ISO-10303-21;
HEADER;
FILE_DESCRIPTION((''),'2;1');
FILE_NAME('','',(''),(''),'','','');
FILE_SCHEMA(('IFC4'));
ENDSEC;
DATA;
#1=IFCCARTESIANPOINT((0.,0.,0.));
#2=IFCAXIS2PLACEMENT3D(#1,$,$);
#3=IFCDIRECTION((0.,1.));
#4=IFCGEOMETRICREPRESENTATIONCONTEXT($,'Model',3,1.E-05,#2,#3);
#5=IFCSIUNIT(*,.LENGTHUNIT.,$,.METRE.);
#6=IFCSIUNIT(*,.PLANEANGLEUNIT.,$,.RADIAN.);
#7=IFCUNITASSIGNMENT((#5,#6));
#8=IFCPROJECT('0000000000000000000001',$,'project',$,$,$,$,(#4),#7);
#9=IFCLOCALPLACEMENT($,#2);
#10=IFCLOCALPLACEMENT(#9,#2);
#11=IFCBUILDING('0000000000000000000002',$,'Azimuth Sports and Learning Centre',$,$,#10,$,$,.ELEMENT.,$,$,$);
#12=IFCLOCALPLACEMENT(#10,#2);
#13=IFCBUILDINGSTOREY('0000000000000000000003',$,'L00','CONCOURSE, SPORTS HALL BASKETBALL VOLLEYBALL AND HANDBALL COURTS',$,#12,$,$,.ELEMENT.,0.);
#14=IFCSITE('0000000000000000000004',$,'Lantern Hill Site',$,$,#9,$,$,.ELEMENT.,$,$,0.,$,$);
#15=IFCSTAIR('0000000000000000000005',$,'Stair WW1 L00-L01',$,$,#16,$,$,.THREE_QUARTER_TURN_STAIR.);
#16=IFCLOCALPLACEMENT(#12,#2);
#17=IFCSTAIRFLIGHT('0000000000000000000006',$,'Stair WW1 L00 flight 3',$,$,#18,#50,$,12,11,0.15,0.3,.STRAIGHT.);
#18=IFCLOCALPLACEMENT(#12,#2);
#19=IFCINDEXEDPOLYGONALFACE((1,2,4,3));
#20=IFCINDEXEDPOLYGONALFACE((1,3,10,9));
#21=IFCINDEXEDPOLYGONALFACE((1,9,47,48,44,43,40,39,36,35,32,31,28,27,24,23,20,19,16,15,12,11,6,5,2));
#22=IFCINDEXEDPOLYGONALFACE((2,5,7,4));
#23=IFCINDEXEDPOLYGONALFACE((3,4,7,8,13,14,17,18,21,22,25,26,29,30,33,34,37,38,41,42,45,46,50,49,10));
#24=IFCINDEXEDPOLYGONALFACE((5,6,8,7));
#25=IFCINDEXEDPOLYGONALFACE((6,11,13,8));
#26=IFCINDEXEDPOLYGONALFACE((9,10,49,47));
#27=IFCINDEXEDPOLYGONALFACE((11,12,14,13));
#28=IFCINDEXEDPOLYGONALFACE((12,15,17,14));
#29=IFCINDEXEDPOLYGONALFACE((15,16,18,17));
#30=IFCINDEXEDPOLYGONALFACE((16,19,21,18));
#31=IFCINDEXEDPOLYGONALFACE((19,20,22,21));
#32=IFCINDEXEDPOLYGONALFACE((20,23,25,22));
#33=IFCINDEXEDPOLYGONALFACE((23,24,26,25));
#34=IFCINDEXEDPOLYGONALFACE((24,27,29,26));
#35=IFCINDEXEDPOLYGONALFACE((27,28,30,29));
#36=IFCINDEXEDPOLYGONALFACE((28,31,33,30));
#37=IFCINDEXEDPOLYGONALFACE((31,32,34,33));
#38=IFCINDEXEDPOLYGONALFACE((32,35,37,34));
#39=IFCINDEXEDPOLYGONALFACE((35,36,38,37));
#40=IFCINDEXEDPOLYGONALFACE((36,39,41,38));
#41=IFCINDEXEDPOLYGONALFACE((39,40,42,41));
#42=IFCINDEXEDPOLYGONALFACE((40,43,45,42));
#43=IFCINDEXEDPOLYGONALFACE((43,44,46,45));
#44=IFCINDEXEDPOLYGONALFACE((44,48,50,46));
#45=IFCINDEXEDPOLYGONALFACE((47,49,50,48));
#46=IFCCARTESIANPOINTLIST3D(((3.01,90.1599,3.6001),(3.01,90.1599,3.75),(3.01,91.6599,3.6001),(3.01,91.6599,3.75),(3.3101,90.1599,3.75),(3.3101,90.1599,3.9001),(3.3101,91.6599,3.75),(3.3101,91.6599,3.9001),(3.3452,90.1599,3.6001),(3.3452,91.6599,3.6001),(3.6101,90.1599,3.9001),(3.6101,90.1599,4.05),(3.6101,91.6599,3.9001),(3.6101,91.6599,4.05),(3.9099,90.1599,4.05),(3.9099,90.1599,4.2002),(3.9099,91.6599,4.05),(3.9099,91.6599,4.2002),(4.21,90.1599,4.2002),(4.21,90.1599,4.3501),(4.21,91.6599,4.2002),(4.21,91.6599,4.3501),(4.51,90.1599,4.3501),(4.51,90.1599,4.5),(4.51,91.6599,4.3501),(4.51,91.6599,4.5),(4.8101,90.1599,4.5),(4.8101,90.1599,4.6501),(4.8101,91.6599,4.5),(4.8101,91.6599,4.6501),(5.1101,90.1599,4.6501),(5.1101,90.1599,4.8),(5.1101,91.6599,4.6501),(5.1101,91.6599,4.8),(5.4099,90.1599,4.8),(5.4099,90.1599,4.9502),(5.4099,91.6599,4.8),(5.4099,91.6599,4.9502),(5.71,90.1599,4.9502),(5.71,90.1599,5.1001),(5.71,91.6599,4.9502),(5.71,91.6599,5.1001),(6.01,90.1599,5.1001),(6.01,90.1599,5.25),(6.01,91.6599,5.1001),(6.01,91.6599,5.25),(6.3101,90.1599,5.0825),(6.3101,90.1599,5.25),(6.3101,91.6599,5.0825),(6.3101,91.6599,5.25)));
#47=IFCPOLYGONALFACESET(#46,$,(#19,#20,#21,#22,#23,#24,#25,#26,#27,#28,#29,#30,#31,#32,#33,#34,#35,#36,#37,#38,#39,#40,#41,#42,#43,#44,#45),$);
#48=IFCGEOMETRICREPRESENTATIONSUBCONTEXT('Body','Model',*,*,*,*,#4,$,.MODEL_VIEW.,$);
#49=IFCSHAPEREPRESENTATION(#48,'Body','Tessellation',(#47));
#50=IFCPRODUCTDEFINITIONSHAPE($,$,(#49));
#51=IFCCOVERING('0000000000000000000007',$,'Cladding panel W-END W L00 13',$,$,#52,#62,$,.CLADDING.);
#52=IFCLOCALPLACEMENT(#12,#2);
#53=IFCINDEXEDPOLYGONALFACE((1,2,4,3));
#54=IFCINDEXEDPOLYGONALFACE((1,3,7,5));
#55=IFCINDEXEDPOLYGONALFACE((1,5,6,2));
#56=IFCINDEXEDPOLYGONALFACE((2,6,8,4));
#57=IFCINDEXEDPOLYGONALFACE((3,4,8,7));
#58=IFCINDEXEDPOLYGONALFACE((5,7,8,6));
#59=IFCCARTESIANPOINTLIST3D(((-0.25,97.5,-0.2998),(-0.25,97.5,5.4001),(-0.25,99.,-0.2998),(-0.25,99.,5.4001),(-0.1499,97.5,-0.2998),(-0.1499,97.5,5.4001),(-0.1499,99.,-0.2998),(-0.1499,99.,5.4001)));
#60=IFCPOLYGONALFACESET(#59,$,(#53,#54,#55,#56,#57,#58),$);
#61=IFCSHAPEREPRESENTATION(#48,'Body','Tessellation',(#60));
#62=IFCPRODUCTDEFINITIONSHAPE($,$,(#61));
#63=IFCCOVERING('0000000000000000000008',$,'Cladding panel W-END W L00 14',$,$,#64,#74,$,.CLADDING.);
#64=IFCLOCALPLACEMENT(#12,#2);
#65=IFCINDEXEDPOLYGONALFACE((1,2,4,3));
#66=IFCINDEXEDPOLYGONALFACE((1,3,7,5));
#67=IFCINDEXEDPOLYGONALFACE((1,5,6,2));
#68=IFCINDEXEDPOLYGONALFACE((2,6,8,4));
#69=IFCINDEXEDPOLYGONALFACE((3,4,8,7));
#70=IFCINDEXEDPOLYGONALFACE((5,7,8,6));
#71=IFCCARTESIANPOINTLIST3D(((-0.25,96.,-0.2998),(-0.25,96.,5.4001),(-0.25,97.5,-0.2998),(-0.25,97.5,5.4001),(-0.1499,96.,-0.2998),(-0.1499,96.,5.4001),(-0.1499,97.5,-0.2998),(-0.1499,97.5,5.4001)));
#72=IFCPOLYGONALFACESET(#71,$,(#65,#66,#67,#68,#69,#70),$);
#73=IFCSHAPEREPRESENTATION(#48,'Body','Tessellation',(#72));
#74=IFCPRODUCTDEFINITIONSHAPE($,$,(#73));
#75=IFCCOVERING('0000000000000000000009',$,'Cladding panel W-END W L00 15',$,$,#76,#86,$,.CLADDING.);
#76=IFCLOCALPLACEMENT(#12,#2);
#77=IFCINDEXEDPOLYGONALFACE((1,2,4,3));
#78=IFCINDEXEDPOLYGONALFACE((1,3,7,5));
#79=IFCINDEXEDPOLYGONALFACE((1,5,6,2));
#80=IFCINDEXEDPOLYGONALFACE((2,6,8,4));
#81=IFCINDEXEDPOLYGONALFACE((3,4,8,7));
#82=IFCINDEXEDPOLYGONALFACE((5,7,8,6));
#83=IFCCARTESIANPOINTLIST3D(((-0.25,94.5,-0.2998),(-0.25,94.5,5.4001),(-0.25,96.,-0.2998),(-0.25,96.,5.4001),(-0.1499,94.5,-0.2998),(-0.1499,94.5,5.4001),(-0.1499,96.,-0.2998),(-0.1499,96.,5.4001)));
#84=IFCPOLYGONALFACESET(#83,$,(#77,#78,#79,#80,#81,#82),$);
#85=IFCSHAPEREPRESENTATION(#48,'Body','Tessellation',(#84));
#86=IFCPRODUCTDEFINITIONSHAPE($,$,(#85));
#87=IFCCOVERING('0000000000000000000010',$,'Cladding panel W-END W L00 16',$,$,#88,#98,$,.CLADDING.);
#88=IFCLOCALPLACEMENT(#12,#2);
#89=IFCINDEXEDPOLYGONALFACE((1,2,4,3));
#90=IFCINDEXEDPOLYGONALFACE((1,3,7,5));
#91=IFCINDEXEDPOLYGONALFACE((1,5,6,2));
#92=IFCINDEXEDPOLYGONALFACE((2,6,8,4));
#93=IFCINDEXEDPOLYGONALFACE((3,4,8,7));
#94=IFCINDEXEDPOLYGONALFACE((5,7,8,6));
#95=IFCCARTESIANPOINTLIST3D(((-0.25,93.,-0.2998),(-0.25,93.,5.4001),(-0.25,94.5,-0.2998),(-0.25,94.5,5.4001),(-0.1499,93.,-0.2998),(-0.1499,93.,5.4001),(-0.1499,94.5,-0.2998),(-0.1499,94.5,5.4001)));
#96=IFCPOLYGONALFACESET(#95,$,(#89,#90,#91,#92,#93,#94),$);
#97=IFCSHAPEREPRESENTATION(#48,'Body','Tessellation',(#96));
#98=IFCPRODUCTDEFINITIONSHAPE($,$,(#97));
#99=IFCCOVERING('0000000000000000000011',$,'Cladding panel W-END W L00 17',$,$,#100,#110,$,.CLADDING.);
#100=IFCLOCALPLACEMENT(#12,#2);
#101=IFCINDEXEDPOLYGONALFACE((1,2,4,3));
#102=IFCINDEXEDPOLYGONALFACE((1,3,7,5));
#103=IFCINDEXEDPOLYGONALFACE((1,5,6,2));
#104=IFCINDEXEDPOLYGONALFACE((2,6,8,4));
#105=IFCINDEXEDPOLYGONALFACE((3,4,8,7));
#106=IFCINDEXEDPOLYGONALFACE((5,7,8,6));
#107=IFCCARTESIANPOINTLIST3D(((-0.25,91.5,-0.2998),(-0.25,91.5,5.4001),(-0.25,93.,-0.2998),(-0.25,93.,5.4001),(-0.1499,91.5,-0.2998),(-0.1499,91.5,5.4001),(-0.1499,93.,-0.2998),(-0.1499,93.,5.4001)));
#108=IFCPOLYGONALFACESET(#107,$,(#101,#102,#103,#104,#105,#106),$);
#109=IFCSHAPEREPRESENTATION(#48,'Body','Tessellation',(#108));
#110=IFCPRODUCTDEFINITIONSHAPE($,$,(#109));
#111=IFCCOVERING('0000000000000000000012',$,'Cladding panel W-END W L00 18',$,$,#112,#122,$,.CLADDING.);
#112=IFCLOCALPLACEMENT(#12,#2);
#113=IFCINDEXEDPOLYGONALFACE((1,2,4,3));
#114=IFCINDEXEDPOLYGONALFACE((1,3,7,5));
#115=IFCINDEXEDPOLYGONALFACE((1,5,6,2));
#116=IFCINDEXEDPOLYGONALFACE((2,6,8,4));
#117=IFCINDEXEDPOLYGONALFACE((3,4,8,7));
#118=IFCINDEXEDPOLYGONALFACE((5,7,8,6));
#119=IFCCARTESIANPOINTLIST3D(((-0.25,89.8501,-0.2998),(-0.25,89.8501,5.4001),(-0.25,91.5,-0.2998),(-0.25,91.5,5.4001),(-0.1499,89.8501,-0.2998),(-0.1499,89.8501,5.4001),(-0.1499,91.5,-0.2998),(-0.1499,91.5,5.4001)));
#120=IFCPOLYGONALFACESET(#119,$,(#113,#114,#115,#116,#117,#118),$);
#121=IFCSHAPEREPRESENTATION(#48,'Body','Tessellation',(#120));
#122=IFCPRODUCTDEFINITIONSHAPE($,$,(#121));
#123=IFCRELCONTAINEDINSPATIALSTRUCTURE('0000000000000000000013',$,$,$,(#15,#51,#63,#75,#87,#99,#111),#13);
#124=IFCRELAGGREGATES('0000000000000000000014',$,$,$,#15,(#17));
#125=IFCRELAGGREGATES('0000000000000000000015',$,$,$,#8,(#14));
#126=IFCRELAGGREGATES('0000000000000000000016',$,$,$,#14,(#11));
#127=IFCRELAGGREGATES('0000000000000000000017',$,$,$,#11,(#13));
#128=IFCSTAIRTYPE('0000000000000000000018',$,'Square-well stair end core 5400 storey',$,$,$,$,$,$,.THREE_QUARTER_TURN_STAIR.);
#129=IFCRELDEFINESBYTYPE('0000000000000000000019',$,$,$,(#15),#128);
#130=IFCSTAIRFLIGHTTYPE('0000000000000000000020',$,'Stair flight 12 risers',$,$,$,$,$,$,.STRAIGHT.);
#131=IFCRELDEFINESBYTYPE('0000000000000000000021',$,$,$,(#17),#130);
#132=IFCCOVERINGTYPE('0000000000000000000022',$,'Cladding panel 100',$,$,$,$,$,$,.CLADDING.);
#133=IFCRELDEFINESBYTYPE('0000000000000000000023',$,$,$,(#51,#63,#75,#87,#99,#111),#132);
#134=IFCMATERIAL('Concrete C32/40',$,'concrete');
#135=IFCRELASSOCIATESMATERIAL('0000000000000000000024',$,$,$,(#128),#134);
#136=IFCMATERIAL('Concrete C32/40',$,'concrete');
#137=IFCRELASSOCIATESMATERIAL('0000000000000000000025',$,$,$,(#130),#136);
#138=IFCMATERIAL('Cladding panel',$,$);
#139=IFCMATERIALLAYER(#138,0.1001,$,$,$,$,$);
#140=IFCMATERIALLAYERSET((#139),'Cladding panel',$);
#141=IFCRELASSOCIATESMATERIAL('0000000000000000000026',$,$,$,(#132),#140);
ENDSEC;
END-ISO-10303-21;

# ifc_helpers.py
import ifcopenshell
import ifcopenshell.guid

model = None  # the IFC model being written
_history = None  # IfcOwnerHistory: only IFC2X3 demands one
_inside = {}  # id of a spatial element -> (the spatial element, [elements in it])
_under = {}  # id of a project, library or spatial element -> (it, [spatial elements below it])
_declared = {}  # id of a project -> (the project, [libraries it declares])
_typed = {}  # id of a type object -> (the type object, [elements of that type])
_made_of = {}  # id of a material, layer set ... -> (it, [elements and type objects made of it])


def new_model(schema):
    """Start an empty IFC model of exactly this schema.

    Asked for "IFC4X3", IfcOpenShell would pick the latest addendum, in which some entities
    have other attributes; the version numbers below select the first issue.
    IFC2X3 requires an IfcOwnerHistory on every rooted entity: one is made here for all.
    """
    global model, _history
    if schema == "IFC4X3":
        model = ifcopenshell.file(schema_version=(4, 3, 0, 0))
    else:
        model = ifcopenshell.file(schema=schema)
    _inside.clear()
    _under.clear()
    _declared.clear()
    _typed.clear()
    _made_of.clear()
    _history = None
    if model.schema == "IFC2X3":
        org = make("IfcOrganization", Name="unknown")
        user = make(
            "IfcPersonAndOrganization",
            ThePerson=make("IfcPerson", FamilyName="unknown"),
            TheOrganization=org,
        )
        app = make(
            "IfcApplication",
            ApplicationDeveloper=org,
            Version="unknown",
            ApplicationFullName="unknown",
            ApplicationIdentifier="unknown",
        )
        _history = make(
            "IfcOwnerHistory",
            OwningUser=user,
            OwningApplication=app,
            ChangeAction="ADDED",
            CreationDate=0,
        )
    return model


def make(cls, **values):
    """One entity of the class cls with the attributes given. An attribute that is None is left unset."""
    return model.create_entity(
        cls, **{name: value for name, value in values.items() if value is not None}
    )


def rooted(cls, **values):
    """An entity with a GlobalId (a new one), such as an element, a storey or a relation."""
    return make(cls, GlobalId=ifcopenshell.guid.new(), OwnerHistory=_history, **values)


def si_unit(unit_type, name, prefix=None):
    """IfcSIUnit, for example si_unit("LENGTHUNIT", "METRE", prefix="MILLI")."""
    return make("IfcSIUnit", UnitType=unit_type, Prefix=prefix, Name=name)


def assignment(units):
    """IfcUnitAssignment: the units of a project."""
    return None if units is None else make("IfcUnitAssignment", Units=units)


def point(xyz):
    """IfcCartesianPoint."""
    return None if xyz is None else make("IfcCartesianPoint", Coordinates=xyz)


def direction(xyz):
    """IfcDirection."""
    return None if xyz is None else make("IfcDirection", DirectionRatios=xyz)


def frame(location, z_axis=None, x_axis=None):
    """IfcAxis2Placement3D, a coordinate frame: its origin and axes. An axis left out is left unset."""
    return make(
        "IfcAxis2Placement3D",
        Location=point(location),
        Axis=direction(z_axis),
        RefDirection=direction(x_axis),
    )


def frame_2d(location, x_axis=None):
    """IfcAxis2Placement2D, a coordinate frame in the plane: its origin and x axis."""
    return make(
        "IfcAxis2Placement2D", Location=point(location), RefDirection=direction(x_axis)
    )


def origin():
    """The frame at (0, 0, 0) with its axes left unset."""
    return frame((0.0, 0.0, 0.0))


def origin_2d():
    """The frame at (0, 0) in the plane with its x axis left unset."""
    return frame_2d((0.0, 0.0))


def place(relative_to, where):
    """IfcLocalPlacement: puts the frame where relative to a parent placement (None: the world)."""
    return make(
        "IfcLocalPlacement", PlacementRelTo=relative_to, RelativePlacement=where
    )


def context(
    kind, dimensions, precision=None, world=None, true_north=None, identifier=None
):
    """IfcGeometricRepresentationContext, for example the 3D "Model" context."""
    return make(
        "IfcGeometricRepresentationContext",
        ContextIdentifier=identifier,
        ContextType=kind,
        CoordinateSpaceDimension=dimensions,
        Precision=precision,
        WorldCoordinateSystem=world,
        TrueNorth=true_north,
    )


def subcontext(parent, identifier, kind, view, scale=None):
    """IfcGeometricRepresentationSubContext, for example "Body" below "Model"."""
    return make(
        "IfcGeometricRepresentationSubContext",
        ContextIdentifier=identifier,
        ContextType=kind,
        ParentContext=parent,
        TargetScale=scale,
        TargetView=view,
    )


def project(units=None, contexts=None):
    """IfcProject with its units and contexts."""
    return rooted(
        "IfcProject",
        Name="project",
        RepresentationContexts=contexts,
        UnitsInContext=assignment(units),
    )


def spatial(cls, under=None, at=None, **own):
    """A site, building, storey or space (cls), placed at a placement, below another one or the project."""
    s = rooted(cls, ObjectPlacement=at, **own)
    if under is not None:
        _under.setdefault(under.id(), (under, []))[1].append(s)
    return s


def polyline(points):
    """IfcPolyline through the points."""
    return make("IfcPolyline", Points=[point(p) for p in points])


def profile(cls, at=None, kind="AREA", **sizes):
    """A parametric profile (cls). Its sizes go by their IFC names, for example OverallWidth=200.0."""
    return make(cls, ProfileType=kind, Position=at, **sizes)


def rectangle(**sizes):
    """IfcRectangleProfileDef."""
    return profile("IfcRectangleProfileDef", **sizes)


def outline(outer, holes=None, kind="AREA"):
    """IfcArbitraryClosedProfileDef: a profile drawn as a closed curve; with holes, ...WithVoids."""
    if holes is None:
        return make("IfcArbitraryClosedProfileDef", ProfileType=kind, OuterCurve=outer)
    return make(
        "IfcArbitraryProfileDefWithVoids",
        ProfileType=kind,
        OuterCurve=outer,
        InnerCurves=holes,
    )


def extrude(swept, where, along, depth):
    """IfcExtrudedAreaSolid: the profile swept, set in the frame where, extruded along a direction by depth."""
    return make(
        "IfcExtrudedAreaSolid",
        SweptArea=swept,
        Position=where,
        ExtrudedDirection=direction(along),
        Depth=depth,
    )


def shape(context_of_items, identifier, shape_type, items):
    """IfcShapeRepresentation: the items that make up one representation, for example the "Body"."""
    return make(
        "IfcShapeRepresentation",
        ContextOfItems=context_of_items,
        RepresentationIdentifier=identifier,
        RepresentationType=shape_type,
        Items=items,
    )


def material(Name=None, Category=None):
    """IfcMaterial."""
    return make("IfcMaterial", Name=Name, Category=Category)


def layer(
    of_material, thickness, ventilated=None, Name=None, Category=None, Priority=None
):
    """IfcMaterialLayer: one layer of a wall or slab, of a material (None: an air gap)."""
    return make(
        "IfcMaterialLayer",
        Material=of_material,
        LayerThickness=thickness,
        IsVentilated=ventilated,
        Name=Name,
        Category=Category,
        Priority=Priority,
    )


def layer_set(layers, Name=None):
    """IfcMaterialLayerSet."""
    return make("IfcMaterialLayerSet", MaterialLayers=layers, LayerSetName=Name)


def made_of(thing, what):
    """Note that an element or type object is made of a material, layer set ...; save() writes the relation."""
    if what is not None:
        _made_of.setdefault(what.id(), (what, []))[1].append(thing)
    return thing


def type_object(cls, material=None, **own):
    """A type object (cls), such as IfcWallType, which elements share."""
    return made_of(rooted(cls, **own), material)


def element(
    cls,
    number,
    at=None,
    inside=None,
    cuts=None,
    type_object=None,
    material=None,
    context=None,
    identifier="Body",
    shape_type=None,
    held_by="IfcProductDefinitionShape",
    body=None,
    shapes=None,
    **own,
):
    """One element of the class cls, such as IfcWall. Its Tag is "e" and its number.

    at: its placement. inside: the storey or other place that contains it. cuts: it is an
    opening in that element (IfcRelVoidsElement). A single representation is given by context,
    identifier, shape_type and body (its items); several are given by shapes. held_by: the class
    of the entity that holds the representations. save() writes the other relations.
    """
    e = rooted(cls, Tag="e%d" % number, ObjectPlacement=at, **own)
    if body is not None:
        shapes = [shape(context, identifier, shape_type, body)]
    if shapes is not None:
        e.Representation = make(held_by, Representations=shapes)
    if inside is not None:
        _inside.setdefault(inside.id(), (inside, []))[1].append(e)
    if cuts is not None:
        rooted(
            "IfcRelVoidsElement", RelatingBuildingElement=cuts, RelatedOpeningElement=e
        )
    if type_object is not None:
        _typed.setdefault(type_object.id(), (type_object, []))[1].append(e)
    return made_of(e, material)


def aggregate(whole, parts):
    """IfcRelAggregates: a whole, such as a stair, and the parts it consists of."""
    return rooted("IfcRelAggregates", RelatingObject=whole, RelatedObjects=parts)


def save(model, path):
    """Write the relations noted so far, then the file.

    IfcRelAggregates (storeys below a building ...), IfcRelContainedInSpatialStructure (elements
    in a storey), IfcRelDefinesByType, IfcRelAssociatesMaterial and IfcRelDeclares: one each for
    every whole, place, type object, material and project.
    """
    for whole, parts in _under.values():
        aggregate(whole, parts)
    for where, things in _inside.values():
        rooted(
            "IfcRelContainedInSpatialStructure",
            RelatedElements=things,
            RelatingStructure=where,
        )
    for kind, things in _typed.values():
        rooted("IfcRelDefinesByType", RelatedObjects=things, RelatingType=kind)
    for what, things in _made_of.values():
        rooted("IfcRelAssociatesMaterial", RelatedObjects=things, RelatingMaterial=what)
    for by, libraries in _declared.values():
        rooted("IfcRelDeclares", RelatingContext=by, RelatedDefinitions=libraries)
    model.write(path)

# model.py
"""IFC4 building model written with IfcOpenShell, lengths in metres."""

from ifc_helpers import new_model, si_unit, direction, frame, origin, origin_2d, place, context, subcontext, project, spatial, polyline, rectangle, outline, extrude, material, layer, layer_set, type_object, element, aggregate, save


model = new_model("IFC4")

# Units and contexts
model_context = context("Model", 3, precision=1e-05, world=origin(), true_north=direction((0.0, 1.0)))
body_context = subcontext(model_context, "Body", "Model", "MODEL_VIEW")
ifc_project = project(units=[si_unit("LENGTHUNIT", "METRE"), si_unit("PLANEANGLEUNIT", "RADIAN")], contexts=[model_context])

# Site, building, storey
site_placement = place(None, origin())
site = spatial("IfcSite", under=ifc_project, at=site_placement, Name="Lantern Hill Site", CompositionType="ELEMENT", RefElevation=0.0)
building_placement = place(site_placement, origin())
building = spatial("IfcBuilding", under=site, at=building_placement, Name="Azimuth Sports and Learning Centre", CompositionType="ELEMENT")
storey_placement = place(building_placement, origin())
storey = spatial("IfcBuildingStorey", under=building, at=storey_placement, Name="L00", Description="CONCOURSE, SPORTS HALL BASKETBALL VOLLEYBALL AND HANDBALL COURTS", CompositionType="ELEMENT", Elevation=0.0)

# Stair, stair flight
ifc_material_1 = material(Name="Concrete C32/40", Category="concrete")
stair_type = type_object("IfcStairType", Name="Square-well stair end core 5400 storey", PredefinedType="THREE_QUARTER_TURN_STAIR", material=ifc_material_1)
stair_placement = place(storey_placement, origin())
stair = element("IfcStair", 1, at=stair_placement, inside=storey, type_object=stair_type, Name="Stair WW1 L00-L01", PredefinedType="THREE_QUARTER_TURN_STAIR")
ifc_material_2 = material(Name="Concrete C32/40", Category="concrete")
stair_flight_type = type_object("IfcStairFlightType", Name="Stair flight 12 risers", PredefinedType="STRAIGHT", material=ifc_material_2)
stair_flight_1_placement = place(storey_placement, frame((3.01, 90.9099, 3.6001), z_axis=(0.0, 0.0, 1.0), x_axis=(1.0, 0.0, 0.0)))
stair_flight_1 = element("IfcStairFlight", 2, at=stair_flight_1_placement, type_object=stair_flight_type, Name="Stair WW1 L00 flight 3", NumberOfRisers=12, NumberOfTreads=11, PredefinedType="STRAIGHT", RiserHeight=0.15, TreadLength=0.3, context=body_context, shape_type="SweptSolid", body=[
    extrude(outline(polyline([(0.0, 0.0), (0.0, 0.1499), (0.3, 0.1499), (0.3, 0.3), (0.6001, 0.3), (0.6001, 0.45), (0.8999, 0.45), (0.8999, 0.6001), (1.2, 0.6001), (1.2, 0.75), (1.5, 0.75), (1.5, 0.8999), (1.8, 0.8999), (1.8, 1.05), (2.1001, 1.05), (2.1001, 1.2), (2.3999, 1.2), (2.3999, 1.3501), (2.7, 1.3501), (2.7, 1.5), (3.0, 1.5), (3.0, 1.6499), (3.3, 1.6499), (3.3, 1.8), (3.3, 1.4824), (0.3352, 0.0), (0.0, 0.0)])), frame((0.0, 0.75, 0.0), z_axis=(0.0, -1.0, 0.0), x_axis=(1.0, 0.0, 0.0)), (0.0, 0.0, 1.0), 1.5),
])
aggregate(stair, [stair_flight_1])

# Coverings
ifc_material_3 = material(Name="Cladding panel")
ifc_layer = layer(ifc_material_3, 0.1001)
ifc_layer_set = layer_set([ifc_layer], Name="Cladding panel")
covering_type = type_object("IfcCoveringType", Name="Cladding panel 100", PredefinedType="CLADDING", material=ifc_layer_set)
for number, where, z_axis, x_axis, name in (
    (3, (-0.2, 98.25, -0.2998), (0.0, 0.0, 1.0), (0.0, -1.0, 0.0), "Cladding panel W-END W L00 13"),
    (4, (-0.2, 96.75, -0.2998), (0.0, 0.0, 1.0), (0.0, -1.0, 0.0), "Cladding panel W-END W L00 14"),
    (5, (-0.2, 95.25, -0.2998), (0.0, 0.0, 1.0), (0.0, -1.0, 0.0), "Cladding panel W-END W L00 15"),
    (6, (-0.2, 93.75, -0.2998), (0.0, 0.0, 1.0), (0.0, -1.0, 0.0), "Cladding panel W-END W L00 16"),
    (7, (-0.2, 92.25, -0.2998), (0.0, 0.0, 1.0), (0.0, -1.0, 0.0), "Cladding panel W-END W L00 17"),
):
    element("IfcCovering", number, at=place(storey_placement, frame(where, z_axis=z_axis, x_axis=x_axis)), inside=storey, type_object=covering_type, Name=name, PredefinedType="CLADDING", context=body_context, shape_type="SweptSolid", body=[
        extrude(rectangle(XDim=1.5, YDim=0.1001, at=origin_2d()), origin(), (0.0, 0.0, 1.0), 5.7),
    ])
covering_placement = place(storey_placement, frame((-0.2, 90.675, -0.2998), z_axis=(0.0, 0.0, 1.0), x_axis=(0.0, -1.0, 0.0)))
element("IfcCovering", 8, at=covering_placement, inside=storey, type_object=covering_type, Name="Cladding panel W-END W L00 18", PredefinedType="CLADDING", context=body_context, shape_type="SweptSolid", body=[
    extrude(rectangle(XDim=1.6499, YDim=0.1001, at=origin_2d()), origin(), (0.0, 0.0, 1.0), 5.7),
])

save(model, "model.ifc")
